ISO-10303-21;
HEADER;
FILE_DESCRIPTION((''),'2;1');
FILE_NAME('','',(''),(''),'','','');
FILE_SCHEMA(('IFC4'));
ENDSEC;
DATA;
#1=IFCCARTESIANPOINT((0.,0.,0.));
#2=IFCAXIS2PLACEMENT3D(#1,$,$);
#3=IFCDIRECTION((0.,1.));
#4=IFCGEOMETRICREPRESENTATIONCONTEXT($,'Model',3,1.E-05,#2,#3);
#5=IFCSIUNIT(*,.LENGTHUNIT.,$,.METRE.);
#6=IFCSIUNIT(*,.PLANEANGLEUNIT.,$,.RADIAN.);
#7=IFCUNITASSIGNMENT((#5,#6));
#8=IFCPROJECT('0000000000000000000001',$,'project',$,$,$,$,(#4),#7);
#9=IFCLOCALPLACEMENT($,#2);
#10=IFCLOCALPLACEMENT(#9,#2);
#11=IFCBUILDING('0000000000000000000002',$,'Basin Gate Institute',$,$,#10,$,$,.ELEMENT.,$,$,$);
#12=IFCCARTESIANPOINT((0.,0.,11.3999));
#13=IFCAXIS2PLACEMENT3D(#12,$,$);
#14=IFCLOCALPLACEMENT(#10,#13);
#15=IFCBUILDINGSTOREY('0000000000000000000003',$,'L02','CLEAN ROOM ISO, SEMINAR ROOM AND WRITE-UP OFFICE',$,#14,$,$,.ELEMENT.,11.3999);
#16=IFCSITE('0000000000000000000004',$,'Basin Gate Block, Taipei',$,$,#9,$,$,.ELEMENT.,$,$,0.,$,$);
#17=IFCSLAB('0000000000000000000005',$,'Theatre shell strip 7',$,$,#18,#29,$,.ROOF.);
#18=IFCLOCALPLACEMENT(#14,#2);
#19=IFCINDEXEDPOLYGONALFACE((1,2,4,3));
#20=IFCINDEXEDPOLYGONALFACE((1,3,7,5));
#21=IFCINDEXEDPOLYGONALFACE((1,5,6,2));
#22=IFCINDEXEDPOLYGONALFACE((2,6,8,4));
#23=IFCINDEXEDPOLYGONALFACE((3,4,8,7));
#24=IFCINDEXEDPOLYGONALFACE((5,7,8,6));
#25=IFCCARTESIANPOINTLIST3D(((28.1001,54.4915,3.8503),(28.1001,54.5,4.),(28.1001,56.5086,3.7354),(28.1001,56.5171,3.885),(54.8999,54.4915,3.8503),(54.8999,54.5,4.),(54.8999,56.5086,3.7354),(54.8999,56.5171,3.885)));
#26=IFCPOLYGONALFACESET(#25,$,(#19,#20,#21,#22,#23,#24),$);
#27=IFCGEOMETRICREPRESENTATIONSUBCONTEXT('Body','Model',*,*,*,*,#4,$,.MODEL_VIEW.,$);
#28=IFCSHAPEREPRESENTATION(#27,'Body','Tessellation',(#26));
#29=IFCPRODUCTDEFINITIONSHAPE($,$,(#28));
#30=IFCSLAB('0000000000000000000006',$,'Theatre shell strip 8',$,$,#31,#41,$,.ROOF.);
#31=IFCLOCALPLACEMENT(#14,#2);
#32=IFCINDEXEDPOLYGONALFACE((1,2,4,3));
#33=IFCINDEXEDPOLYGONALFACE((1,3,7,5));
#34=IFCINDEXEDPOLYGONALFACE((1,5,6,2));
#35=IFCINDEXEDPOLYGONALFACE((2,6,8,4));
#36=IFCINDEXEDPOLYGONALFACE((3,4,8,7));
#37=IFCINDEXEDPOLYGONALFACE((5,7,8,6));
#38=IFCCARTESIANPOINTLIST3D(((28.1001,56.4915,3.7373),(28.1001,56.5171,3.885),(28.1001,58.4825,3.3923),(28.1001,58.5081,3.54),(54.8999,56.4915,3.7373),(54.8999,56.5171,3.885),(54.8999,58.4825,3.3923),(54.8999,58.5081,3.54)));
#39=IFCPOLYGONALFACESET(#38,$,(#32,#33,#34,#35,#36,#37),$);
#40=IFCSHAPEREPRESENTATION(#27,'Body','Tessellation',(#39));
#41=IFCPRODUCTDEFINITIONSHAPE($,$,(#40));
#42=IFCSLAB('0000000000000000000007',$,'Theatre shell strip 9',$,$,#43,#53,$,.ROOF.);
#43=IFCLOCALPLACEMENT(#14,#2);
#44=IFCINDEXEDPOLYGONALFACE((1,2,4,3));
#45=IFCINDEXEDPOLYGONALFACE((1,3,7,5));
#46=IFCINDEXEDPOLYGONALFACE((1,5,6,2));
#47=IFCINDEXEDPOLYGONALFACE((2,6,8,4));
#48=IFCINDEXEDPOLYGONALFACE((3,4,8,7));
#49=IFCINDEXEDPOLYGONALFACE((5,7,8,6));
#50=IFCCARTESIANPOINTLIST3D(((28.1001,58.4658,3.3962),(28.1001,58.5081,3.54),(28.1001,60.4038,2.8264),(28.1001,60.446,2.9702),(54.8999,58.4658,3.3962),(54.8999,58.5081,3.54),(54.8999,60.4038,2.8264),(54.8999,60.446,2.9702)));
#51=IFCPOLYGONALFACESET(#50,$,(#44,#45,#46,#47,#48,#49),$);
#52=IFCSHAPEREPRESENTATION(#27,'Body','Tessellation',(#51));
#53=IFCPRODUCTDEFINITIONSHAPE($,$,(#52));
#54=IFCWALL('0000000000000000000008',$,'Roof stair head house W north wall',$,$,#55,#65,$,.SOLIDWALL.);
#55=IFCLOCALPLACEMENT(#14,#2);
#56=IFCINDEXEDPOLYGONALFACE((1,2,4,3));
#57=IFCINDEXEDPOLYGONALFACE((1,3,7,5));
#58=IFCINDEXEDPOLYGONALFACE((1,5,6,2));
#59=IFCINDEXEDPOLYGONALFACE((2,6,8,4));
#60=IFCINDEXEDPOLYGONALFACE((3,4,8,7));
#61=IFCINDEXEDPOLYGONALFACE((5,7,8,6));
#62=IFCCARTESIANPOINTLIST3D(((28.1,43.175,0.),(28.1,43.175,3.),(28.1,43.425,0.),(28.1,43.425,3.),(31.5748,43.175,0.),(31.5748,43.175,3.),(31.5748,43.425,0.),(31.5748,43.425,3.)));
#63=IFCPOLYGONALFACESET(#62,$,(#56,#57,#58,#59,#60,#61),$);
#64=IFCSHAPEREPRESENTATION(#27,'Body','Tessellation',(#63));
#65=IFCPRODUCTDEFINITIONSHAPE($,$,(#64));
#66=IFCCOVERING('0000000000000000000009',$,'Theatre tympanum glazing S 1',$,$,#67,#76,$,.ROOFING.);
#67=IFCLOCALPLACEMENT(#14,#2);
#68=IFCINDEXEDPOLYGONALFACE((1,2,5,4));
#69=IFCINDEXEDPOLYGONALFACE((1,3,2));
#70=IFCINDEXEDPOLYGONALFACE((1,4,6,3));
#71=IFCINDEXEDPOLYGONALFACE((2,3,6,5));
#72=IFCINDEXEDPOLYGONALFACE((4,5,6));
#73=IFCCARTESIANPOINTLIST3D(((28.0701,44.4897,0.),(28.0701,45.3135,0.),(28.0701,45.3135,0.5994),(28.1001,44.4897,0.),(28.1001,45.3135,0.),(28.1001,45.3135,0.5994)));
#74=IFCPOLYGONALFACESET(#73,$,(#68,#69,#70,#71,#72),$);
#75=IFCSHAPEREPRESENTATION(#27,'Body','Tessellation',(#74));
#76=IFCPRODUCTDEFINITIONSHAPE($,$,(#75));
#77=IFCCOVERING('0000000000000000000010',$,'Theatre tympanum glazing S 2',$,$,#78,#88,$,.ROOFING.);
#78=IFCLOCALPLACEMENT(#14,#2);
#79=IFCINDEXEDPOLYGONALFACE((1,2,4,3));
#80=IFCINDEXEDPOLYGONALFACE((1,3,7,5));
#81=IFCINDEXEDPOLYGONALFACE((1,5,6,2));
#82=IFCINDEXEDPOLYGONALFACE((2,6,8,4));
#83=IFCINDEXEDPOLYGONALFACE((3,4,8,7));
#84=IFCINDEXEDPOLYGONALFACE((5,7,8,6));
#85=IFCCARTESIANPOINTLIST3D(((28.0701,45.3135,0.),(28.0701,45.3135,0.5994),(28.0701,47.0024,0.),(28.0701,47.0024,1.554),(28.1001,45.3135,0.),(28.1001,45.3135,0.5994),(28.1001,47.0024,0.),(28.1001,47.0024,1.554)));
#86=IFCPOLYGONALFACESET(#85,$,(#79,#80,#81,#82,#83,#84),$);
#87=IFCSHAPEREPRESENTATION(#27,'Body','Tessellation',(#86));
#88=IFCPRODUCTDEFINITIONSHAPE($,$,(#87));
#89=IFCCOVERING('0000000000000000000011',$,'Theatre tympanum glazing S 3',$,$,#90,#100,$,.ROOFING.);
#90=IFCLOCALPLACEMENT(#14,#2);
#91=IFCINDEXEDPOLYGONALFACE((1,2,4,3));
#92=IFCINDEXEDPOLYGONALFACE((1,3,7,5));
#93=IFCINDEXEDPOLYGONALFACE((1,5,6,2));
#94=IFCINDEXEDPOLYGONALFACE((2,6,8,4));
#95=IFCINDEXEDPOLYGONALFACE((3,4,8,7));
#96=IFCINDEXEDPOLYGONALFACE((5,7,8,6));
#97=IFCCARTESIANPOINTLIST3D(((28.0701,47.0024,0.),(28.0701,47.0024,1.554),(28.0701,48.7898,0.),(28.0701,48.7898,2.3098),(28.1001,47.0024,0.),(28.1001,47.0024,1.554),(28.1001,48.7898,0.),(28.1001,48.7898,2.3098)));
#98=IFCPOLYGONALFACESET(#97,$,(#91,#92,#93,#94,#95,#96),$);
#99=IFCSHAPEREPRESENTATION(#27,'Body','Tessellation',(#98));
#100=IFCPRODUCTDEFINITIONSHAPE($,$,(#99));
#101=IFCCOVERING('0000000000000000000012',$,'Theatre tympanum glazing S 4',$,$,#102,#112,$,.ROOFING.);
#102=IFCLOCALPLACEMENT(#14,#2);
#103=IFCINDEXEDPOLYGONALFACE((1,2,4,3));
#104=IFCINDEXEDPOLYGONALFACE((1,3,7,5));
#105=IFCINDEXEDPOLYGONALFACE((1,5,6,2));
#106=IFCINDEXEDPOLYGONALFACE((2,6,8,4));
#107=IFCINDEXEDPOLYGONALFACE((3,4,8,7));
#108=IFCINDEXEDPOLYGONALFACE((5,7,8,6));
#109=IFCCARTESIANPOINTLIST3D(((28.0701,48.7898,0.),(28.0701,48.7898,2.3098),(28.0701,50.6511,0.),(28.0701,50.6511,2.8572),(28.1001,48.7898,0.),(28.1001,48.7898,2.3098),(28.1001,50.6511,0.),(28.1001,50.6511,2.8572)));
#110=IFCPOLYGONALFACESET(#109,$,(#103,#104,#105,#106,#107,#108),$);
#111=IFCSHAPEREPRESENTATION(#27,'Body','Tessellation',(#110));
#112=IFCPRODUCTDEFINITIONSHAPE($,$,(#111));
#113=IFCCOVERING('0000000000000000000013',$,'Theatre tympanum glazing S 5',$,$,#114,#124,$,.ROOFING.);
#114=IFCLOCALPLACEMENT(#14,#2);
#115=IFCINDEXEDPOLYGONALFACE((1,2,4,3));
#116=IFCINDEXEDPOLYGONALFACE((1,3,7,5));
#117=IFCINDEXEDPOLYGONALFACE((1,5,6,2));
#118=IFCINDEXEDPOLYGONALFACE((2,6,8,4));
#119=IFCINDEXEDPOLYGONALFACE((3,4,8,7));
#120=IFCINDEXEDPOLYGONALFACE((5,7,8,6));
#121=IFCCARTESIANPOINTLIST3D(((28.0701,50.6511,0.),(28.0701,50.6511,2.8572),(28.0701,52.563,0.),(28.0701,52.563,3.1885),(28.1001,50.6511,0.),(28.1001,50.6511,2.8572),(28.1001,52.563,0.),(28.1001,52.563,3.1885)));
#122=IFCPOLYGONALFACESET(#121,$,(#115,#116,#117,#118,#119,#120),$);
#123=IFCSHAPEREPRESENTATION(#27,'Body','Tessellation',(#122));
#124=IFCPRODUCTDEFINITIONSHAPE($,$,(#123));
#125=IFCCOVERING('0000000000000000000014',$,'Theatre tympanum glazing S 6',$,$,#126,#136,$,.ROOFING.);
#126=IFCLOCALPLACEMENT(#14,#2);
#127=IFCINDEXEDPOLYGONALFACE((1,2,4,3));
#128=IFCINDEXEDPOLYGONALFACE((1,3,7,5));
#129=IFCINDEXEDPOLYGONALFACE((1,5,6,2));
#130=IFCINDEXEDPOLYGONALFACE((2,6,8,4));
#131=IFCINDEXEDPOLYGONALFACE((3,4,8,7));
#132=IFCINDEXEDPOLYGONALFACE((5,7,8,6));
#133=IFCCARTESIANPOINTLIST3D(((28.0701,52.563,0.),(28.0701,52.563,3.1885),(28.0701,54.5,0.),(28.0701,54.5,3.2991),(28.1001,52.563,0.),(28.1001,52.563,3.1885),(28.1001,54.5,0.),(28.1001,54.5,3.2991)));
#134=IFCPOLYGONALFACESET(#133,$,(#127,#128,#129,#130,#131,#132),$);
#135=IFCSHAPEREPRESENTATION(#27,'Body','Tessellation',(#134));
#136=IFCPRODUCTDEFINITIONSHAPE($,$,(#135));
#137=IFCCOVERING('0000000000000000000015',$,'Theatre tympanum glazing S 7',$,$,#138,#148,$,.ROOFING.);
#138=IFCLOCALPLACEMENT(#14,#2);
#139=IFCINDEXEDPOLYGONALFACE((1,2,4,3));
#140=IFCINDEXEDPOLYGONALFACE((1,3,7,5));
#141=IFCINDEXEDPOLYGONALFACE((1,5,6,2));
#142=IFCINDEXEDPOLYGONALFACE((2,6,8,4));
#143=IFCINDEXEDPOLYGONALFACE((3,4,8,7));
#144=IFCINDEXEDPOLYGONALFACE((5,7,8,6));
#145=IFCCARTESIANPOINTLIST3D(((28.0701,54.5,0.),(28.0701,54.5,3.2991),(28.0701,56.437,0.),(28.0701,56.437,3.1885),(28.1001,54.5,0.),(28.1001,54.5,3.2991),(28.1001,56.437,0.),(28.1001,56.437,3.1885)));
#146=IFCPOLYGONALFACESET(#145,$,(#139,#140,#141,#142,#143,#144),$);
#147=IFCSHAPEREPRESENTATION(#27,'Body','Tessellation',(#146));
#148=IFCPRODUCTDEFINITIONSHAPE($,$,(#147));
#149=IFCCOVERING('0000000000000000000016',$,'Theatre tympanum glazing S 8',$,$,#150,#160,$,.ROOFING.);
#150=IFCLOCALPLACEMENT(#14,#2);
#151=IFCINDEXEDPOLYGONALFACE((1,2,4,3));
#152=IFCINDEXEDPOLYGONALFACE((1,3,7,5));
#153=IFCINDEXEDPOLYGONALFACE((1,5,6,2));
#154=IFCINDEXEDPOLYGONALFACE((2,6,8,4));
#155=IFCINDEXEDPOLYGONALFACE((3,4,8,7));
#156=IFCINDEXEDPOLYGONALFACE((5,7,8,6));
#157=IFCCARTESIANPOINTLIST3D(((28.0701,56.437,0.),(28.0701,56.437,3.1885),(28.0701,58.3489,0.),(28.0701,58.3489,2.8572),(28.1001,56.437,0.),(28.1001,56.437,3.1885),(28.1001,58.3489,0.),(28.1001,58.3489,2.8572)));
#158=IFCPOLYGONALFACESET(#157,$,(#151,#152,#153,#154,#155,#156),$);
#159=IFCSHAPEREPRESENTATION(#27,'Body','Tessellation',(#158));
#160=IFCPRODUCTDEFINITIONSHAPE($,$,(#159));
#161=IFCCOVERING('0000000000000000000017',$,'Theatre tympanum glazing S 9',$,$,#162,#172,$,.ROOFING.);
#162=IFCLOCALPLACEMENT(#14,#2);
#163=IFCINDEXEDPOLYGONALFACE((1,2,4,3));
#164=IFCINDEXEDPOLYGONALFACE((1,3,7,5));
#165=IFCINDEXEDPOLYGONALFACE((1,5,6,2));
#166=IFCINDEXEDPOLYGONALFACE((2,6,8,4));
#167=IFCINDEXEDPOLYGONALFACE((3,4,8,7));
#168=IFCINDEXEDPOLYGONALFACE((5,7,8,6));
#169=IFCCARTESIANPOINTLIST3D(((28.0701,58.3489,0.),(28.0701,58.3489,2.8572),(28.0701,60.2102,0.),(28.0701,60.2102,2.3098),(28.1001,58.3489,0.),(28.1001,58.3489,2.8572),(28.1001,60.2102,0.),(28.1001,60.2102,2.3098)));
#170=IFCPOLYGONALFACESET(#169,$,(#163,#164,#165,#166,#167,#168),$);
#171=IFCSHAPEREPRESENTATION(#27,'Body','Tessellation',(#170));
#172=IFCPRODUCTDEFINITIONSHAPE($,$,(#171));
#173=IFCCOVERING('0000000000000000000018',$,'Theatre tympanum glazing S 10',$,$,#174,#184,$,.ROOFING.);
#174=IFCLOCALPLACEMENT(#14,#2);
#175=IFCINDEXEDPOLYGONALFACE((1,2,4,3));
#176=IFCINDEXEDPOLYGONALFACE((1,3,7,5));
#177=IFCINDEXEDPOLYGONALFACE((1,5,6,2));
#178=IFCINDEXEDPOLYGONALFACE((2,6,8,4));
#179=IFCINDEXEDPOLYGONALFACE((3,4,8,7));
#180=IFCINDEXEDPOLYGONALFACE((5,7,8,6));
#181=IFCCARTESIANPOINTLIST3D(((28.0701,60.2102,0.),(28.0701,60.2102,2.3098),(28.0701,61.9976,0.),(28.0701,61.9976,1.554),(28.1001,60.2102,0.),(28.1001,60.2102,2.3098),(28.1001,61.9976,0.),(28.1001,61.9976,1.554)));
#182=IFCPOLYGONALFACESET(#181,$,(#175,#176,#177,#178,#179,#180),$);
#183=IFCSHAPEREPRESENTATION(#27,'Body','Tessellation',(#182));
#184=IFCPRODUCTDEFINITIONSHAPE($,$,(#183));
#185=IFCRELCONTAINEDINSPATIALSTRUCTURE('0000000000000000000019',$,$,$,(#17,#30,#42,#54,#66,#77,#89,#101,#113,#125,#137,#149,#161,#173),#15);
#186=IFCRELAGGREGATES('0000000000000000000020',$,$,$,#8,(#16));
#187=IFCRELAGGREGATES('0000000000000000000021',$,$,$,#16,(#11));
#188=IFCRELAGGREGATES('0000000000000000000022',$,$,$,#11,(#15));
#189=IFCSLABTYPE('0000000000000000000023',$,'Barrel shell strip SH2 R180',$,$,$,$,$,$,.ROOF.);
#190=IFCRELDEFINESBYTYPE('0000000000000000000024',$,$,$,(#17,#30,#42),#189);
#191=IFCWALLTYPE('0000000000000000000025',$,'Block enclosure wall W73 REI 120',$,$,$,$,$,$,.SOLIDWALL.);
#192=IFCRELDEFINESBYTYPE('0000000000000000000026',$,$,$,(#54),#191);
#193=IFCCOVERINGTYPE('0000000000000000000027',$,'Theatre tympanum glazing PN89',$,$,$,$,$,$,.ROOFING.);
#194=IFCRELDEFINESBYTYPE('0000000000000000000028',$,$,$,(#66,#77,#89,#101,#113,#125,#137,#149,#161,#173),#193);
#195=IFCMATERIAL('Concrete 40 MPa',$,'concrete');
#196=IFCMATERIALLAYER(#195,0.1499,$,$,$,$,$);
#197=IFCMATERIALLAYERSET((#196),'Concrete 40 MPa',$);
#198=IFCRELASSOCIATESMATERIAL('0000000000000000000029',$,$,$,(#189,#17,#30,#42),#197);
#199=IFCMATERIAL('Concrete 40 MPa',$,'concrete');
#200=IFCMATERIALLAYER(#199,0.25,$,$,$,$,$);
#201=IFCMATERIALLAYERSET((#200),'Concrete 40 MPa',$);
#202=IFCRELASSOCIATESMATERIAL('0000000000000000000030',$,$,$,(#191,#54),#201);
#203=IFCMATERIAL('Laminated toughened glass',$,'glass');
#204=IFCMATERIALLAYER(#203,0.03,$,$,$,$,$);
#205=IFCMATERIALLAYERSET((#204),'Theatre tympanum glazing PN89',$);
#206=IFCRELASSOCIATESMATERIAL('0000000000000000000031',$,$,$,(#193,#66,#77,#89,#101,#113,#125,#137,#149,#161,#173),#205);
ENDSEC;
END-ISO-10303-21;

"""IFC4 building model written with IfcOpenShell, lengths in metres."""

from ifc_helpers import new_model, si_unit, direction, frame, frame_2d, origin, place, context, subcontext, project, spatial, polyline, rectangle, outline, extrude, material, layer, layer_set, type_object, element, save


model = new_model("IFC4")

# Units and contexts
model_context = context("Model", 3, precision=1e-05, world=origin(), true_north=direction((0.0, 1.0)))
body_context = subcontext(model_context, "Body", "Model", "MODEL_VIEW")
ifc_project = project(units=[si_unit("LENGTHUNIT", "METRE"), si_unit("PLANEANGLEUNIT", "RADIAN")], contexts=[model_context])

# Site, building, storey
site_placement = place(None, origin())
site = spatial("IfcSite", under=ifc_project, at=site_placement, Name="Basin Gate Block, Taipei", CompositionType="ELEMENT", RefElevation=0.0)
building_placement = place(site_placement, origin())
building = spatial("IfcBuilding", under=site, at=building_placement, Name="Basin Gate Institute", CompositionType="ELEMENT")
storey_placement = place(building_placement, frame((0.0, 0.0, 11.3999)))
storey = spatial("IfcBuildingStorey", under=building, at=storey_placement, Name="L02", Description="CLEAN ROOM ISO, SEMINAR ROOM AND WRITE-UP OFFICE", CompositionType="ELEMENT", Elevation=11.3999)

# Slabs
ifc_material_1 = material(Name="Concrete 40 MPa", Category="concrete")
ifc_layer_1 = layer(ifc_material_1, 0.1499)
ifc_layer_set_1 = layer_set([ifc_layer_1], Name="Concrete 40 MPa")
slab_type = type_object("IfcSlabType", Name="Barrel shell strip SH2 R180", PredefinedType="ROOF", material=ifc_layer_set_1)
for number, where, z_axis, x_axis, name in (
    (1, (28.1001, 54.5, 4.0), (0.0, 0.056916, 0.998379), (0.0, 0.998379, -0.056916), "Theatre shell strip 7"),
):
    element("IfcSlab", number, at=place(storey_placement, frame(where, z_axis=z_axis, x_axis=x_axis)), inside=storey, type_object=slab_type, material=ifc_layer_set_1, Name=name, PredefinedType="ROOF", context=body_context, shape_type="SweptSolid", body=[
        extrude(outline(polyline([(0.0, 0.0), (2.0204, 0.0), (2.0204, -26.7998), (0.0, -26.7998), (0.0, 0.0)])), origin(), (0.0, 0.0, -1.0), 0.1499),
    ])
slab_1_placement = place(storey_placement, frame((28.1001, 56.5171, 3.885), z_axis=(0.0, 0.170724, 0.985319), x_axis=(0.0, 0.985319, -0.170724)))
element("IfcSlab", 2, at=slab_1_placement, inside=storey, type_object=slab_type, material=ifc_layer_set_1, Name="Theatre shell strip 8", PredefinedType="ROOF", context=body_context, shape_type="SweptSolid", body=[
    extrude(outline(polyline([(0.0, 0.0), (2.0206, 0.0), (2.0206, -26.7998), (0.0, -26.7998), (0.0, 0.0)])), origin(), (0.0, 0.0, -1.0), 0.1499),
])
slab_2_placement = place(storey_placement, frame((28.1001, 58.5081, 3.54), z_axis=(0.0, 0.282088, 0.959389), x_axis=(0.0, 0.959389, -0.282088)))
element("IfcSlab", 3, at=slab_2_placement, inside=storey, type_object=slab_type, material=ifc_layer_set_1, Name="Theatre shell strip 9", PredefinedType="ROOF", context=body_context, shape_type="SweptSolid", body=[
    extrude(outline(polyline([(0.0, 0.0), (2.02, 0.0), (2.02, -26.7998), (0.0, -26.7998), (0.0, 0.0)])), origin(), (0.0, 0.0, -1.0), 0.1499),
])

# Wall
ifc_material_2 = material(Name="Concrete 40 MPa", Category="concrete")
ifc_layer_2 = layer(ifc_material_2, 0.25)
ifc_layer_set_2 = layer_set([ifc_layer_2], Name="Concrete 40 MPa")
wall_type = type_object("IfcWallType", Name="Block enclosure wall W73 REI 120", PredefinedType="SOLIDWALL", material=ifc_layer_set_2)
wall_placement = place(storey_placement, frame((28.1001, 43.3, 0.0), z_axis=(0.0, 0.0, 1.0), x_axis=(1.0, 0.0, 0.0)))
element("IfcWall", 4, at=wall_placement, inside=storey, type_object=wall_type, material=ifc_layer_set_2, Name="Roof stair head house W north wall", PredefinedType="SOLIDWALL", context=body_context, shape_type="SweptSolid", body=[
    extrude(rectangle(XDim=3.4749, YDim=0.25, at=frame_2d((1.7373, 0.0))), origin(), (0.0, 0.0, 1.0), 3.0),
])

# Coverings
ifc_material_3 = material(Name="Laminated toughened glass", Category="glass")
ifc_layer_3 = layer(ifc_material_3, 0.03)
ifc_layer_set_3 = layer_set([ifc_layer_3], Name="Theatre tympanum glazing PN89")
covering_type = type_object("IfcCoveringType", Name="Theatre tympanum glazing PN89", PredefinedType="ROOFING", material=ifc_layer_set_3)
covering_1_placement = place(storey_placement, frame((28.1001, 44.4897, 0.0), z_axis=(1.0, 0.0, 0.0), x_axis=(0.0, 1.0, 0.0)))
element("IfcCovering", 5, at=covering_1_placement, inside=storey, type_object=covering_type, material=ifc_layer_set_3, Name="Theatre tympanum glazing S 1", PredefinedType="ROOFING", context=body_context, shape_type="SweptSolid", body=[
    extrude(outline(polyline([(0.0, 0.0), (0.8237, 0.0), (0.8237, 0.5994), (0.0, 0.0)])), origin(), (0.0, 0.0, -1.0), 0.03),
])
covering_2_placement = place(storey_placement, frame((28.1001, 45.3135, 0.0), z_axis=(1.0, 0.0, 0.0), x_axis=(0.0, 1.0, 0.0)))
element("IfcCovering", 6, at=covering_2_placement, inside=storey, type_object=covering_type, material=ifc_layer_set_3, Name="Theatre tympanum glazing S 2", PredefinedType="ROOFING", context=body_context, shape_type="SweptSolid", body=[
    extrude(outline(polyline([(0.0, 0.0), (1.689, 0.0), (1.689, 1.554), (0.0, 0.5994), (0.0, 0.0)])), origin(), (0.0, 0.0, -1.0), 0.03),
])
covering_3_placement = place(storey_placement, frame((28.1001, 47.0024, 0.0), z_axis=(1.0, 0.0, 0.0), x_axis=(0.0, 1.0, 0.0)))
element("IfcCovering", 7, at=covering_3_placement, inside=storey, type_object=covering_type, material=ifc_layer_set_3, Name="Theatre tympanum glazing S 3", PredefinedType="ROOFING", context=body_context, shape_type="SweptSolid", body=[
    extrude(outline(polyline([(0.0, 0.0), (1.7874, 0.0), (1.7874, 2.3098), (0.0, 1.554), (0.0, 0.0)])), origin(), (0.0, 0.0, -1.0), 0.03),
])
covering_4_placement = place(storey_placement, frame((28.1001, 48.7898, 0.0), z_axis=(1.0, 0.0, 0.0), x_axis=(0.0, 1.0, 0.0)))
element("IfcCovering", 8, at=covering_4_placement, inside=storey, type_object=covering_type, material=ifc_layer_set_3, Name="Theatre tympanum glazing S 4", PredefinedType="ROOFING", context=body_context, shape_type="SweptSolid", body=[
    extrude(outline(polyline([(0.0, 0.0), (1.8613, 0.0), (1.8613, 2.8572), (0.0, 2.3098), (0.0, 0.0)])), origin(), (0.0, 0.0, -1.0), 0.03),
])
covering_5_placement = place(storey_placement, frame((28.1001, 50.6511, 0.0), z_axis=(1.0, 0.0, 0.0), x_axis=(0.0, 1.0, 0.0)))
element("IfcCovering", 9, at=covering_5_placement, inside=storey, type_object=covering_type, material=ifc_layer_set_3, Name="Theatre tympanum glazing S 5", PredefinedType="ROOFING", context=body_context, shape_type="SweptSolid", body=[
    extrude(outline(polyline([(0.0, 0.0), (1.9119, 0.0), (1.9119, 3.1885), (0.0, 2.8572), (0.0, 0.0)])), origin(), (0.0, 0.0, -1.0), 0.03),
])
covering_6_placement = place(storey_placement, frame((28.1001, 52.563, 0.0), z_axis=(1.0, 0.0, 0.0), x_axis=(0.0, 1.0, 0.0)))
element("IfcCovering", 10, at=covering_6_placement, inside=storey, type_object=covering_type, material=ifc_layer_set_3, Name="Theatre tympanum glazing S 6", PredefinedType="ROOFING", context=body_context, shape_type="SweptSolid", body=[
    extrude(outline(polyline([(0.0, 0.0), (1.937, 0.0), (1.937, 3.2991), (0.0, 3.1885), (0.0, 0.0)])), origin(), (0.0, 0.0, -1.0), 0.03),
])
covering_7_placement = place(storey_placement, frame((28.1001, 54.5, 0.0), z_axis=(1.0, 0.0, 0.0), x_axis=(0.0, 1.0, 0.0)))
element("IfcCovering", 11, at=covering_7_placement, inside=storey, type_object=covering_type, material=ifc_layer_set_3, Name="Theatre tympanum glazing S 7", PredefinedType="ROOFING", context=body_context, shape_type="SweptSolid", body=[
    extrude(outline(polyline([(0.0, 0.0), (1.937, 0.0), (1.937, 3.1885), (0.0, 3.2991), (0.0, 0.0)])), origin(), (0.0, 0.0, -1.0), 0.03),
])
covering_8_placement = place(storey_placement, frame((28.1001, 56.437, 0.0), z_axis=(1.0, 0.0, 0.0), x_axis=(0.0, 1.0, 0.0)))
element("IfcCovering", 12, at=covering_8_placement, inside=storey, type_object=covering_type, material=ifc_layer_set_3, Name="Theatre tympanum glazing S 8", PredefinedType="ROOFING", context=body_context, shape_type="SweptSolid", body=[
    extrude(outline(polyline([(0.0, 0.0), (1.9119, 0.0), (1.9119, 2.8572), (0.0, 3.1885), (0.0, 0.0)])), origin(), (0.0, 0.0, -1.0), 0.03),
])
covering_9_placement = place(storey_placement, frame((28.1001, 58.3489, 0.0), z_axis=(1.0, 0.0, 0.0), x_axis=(0.0, 1.0, 0.0)))
element("IfcCovering", 13, at=covering_9_placement, inside=storey, type_object=covering_type, material=ifc_layer_set_3, Name="Theatre tympanum glazing S 9", PredefinedType="ROOFING", context=body_context, shape_type="SweptSolid", body=[
    extrude(outline(polyline([(0.0, 0.0), (1.8613, 0.0), (1.8613, 2.3098), (0.0, 2.8572), (0.0, 0.0)])), origin(), (0.0, 0.0, -1.0), 0.03),
])
covering_10_placement = place(storey_placement, frame((28.1001, 60.2102, 0.0), z_axis=(1.0, 0.0, 0.0), x_axis=(0.0, 1.0, 0.0)))
element("IfcCovering", 14, at=covering_10_placement, inside=storey, type_object=covering_type, material=ifc_layer_set_3, Name="Theatre tympanum glazing S 10", PredefinedType="ROOFING", context=body_context, shape_type="SweptSolid", body=[
    extrude(outline(polyline([(0.0, 0.0), (1.7874, 0.0), (1.7874, 1.554), (0.0, 2.3098), (0.0, 0.0)])), origin(), (0.0, 0.0, -1.0), 0.03),
])

save(model, "model.ifc")
